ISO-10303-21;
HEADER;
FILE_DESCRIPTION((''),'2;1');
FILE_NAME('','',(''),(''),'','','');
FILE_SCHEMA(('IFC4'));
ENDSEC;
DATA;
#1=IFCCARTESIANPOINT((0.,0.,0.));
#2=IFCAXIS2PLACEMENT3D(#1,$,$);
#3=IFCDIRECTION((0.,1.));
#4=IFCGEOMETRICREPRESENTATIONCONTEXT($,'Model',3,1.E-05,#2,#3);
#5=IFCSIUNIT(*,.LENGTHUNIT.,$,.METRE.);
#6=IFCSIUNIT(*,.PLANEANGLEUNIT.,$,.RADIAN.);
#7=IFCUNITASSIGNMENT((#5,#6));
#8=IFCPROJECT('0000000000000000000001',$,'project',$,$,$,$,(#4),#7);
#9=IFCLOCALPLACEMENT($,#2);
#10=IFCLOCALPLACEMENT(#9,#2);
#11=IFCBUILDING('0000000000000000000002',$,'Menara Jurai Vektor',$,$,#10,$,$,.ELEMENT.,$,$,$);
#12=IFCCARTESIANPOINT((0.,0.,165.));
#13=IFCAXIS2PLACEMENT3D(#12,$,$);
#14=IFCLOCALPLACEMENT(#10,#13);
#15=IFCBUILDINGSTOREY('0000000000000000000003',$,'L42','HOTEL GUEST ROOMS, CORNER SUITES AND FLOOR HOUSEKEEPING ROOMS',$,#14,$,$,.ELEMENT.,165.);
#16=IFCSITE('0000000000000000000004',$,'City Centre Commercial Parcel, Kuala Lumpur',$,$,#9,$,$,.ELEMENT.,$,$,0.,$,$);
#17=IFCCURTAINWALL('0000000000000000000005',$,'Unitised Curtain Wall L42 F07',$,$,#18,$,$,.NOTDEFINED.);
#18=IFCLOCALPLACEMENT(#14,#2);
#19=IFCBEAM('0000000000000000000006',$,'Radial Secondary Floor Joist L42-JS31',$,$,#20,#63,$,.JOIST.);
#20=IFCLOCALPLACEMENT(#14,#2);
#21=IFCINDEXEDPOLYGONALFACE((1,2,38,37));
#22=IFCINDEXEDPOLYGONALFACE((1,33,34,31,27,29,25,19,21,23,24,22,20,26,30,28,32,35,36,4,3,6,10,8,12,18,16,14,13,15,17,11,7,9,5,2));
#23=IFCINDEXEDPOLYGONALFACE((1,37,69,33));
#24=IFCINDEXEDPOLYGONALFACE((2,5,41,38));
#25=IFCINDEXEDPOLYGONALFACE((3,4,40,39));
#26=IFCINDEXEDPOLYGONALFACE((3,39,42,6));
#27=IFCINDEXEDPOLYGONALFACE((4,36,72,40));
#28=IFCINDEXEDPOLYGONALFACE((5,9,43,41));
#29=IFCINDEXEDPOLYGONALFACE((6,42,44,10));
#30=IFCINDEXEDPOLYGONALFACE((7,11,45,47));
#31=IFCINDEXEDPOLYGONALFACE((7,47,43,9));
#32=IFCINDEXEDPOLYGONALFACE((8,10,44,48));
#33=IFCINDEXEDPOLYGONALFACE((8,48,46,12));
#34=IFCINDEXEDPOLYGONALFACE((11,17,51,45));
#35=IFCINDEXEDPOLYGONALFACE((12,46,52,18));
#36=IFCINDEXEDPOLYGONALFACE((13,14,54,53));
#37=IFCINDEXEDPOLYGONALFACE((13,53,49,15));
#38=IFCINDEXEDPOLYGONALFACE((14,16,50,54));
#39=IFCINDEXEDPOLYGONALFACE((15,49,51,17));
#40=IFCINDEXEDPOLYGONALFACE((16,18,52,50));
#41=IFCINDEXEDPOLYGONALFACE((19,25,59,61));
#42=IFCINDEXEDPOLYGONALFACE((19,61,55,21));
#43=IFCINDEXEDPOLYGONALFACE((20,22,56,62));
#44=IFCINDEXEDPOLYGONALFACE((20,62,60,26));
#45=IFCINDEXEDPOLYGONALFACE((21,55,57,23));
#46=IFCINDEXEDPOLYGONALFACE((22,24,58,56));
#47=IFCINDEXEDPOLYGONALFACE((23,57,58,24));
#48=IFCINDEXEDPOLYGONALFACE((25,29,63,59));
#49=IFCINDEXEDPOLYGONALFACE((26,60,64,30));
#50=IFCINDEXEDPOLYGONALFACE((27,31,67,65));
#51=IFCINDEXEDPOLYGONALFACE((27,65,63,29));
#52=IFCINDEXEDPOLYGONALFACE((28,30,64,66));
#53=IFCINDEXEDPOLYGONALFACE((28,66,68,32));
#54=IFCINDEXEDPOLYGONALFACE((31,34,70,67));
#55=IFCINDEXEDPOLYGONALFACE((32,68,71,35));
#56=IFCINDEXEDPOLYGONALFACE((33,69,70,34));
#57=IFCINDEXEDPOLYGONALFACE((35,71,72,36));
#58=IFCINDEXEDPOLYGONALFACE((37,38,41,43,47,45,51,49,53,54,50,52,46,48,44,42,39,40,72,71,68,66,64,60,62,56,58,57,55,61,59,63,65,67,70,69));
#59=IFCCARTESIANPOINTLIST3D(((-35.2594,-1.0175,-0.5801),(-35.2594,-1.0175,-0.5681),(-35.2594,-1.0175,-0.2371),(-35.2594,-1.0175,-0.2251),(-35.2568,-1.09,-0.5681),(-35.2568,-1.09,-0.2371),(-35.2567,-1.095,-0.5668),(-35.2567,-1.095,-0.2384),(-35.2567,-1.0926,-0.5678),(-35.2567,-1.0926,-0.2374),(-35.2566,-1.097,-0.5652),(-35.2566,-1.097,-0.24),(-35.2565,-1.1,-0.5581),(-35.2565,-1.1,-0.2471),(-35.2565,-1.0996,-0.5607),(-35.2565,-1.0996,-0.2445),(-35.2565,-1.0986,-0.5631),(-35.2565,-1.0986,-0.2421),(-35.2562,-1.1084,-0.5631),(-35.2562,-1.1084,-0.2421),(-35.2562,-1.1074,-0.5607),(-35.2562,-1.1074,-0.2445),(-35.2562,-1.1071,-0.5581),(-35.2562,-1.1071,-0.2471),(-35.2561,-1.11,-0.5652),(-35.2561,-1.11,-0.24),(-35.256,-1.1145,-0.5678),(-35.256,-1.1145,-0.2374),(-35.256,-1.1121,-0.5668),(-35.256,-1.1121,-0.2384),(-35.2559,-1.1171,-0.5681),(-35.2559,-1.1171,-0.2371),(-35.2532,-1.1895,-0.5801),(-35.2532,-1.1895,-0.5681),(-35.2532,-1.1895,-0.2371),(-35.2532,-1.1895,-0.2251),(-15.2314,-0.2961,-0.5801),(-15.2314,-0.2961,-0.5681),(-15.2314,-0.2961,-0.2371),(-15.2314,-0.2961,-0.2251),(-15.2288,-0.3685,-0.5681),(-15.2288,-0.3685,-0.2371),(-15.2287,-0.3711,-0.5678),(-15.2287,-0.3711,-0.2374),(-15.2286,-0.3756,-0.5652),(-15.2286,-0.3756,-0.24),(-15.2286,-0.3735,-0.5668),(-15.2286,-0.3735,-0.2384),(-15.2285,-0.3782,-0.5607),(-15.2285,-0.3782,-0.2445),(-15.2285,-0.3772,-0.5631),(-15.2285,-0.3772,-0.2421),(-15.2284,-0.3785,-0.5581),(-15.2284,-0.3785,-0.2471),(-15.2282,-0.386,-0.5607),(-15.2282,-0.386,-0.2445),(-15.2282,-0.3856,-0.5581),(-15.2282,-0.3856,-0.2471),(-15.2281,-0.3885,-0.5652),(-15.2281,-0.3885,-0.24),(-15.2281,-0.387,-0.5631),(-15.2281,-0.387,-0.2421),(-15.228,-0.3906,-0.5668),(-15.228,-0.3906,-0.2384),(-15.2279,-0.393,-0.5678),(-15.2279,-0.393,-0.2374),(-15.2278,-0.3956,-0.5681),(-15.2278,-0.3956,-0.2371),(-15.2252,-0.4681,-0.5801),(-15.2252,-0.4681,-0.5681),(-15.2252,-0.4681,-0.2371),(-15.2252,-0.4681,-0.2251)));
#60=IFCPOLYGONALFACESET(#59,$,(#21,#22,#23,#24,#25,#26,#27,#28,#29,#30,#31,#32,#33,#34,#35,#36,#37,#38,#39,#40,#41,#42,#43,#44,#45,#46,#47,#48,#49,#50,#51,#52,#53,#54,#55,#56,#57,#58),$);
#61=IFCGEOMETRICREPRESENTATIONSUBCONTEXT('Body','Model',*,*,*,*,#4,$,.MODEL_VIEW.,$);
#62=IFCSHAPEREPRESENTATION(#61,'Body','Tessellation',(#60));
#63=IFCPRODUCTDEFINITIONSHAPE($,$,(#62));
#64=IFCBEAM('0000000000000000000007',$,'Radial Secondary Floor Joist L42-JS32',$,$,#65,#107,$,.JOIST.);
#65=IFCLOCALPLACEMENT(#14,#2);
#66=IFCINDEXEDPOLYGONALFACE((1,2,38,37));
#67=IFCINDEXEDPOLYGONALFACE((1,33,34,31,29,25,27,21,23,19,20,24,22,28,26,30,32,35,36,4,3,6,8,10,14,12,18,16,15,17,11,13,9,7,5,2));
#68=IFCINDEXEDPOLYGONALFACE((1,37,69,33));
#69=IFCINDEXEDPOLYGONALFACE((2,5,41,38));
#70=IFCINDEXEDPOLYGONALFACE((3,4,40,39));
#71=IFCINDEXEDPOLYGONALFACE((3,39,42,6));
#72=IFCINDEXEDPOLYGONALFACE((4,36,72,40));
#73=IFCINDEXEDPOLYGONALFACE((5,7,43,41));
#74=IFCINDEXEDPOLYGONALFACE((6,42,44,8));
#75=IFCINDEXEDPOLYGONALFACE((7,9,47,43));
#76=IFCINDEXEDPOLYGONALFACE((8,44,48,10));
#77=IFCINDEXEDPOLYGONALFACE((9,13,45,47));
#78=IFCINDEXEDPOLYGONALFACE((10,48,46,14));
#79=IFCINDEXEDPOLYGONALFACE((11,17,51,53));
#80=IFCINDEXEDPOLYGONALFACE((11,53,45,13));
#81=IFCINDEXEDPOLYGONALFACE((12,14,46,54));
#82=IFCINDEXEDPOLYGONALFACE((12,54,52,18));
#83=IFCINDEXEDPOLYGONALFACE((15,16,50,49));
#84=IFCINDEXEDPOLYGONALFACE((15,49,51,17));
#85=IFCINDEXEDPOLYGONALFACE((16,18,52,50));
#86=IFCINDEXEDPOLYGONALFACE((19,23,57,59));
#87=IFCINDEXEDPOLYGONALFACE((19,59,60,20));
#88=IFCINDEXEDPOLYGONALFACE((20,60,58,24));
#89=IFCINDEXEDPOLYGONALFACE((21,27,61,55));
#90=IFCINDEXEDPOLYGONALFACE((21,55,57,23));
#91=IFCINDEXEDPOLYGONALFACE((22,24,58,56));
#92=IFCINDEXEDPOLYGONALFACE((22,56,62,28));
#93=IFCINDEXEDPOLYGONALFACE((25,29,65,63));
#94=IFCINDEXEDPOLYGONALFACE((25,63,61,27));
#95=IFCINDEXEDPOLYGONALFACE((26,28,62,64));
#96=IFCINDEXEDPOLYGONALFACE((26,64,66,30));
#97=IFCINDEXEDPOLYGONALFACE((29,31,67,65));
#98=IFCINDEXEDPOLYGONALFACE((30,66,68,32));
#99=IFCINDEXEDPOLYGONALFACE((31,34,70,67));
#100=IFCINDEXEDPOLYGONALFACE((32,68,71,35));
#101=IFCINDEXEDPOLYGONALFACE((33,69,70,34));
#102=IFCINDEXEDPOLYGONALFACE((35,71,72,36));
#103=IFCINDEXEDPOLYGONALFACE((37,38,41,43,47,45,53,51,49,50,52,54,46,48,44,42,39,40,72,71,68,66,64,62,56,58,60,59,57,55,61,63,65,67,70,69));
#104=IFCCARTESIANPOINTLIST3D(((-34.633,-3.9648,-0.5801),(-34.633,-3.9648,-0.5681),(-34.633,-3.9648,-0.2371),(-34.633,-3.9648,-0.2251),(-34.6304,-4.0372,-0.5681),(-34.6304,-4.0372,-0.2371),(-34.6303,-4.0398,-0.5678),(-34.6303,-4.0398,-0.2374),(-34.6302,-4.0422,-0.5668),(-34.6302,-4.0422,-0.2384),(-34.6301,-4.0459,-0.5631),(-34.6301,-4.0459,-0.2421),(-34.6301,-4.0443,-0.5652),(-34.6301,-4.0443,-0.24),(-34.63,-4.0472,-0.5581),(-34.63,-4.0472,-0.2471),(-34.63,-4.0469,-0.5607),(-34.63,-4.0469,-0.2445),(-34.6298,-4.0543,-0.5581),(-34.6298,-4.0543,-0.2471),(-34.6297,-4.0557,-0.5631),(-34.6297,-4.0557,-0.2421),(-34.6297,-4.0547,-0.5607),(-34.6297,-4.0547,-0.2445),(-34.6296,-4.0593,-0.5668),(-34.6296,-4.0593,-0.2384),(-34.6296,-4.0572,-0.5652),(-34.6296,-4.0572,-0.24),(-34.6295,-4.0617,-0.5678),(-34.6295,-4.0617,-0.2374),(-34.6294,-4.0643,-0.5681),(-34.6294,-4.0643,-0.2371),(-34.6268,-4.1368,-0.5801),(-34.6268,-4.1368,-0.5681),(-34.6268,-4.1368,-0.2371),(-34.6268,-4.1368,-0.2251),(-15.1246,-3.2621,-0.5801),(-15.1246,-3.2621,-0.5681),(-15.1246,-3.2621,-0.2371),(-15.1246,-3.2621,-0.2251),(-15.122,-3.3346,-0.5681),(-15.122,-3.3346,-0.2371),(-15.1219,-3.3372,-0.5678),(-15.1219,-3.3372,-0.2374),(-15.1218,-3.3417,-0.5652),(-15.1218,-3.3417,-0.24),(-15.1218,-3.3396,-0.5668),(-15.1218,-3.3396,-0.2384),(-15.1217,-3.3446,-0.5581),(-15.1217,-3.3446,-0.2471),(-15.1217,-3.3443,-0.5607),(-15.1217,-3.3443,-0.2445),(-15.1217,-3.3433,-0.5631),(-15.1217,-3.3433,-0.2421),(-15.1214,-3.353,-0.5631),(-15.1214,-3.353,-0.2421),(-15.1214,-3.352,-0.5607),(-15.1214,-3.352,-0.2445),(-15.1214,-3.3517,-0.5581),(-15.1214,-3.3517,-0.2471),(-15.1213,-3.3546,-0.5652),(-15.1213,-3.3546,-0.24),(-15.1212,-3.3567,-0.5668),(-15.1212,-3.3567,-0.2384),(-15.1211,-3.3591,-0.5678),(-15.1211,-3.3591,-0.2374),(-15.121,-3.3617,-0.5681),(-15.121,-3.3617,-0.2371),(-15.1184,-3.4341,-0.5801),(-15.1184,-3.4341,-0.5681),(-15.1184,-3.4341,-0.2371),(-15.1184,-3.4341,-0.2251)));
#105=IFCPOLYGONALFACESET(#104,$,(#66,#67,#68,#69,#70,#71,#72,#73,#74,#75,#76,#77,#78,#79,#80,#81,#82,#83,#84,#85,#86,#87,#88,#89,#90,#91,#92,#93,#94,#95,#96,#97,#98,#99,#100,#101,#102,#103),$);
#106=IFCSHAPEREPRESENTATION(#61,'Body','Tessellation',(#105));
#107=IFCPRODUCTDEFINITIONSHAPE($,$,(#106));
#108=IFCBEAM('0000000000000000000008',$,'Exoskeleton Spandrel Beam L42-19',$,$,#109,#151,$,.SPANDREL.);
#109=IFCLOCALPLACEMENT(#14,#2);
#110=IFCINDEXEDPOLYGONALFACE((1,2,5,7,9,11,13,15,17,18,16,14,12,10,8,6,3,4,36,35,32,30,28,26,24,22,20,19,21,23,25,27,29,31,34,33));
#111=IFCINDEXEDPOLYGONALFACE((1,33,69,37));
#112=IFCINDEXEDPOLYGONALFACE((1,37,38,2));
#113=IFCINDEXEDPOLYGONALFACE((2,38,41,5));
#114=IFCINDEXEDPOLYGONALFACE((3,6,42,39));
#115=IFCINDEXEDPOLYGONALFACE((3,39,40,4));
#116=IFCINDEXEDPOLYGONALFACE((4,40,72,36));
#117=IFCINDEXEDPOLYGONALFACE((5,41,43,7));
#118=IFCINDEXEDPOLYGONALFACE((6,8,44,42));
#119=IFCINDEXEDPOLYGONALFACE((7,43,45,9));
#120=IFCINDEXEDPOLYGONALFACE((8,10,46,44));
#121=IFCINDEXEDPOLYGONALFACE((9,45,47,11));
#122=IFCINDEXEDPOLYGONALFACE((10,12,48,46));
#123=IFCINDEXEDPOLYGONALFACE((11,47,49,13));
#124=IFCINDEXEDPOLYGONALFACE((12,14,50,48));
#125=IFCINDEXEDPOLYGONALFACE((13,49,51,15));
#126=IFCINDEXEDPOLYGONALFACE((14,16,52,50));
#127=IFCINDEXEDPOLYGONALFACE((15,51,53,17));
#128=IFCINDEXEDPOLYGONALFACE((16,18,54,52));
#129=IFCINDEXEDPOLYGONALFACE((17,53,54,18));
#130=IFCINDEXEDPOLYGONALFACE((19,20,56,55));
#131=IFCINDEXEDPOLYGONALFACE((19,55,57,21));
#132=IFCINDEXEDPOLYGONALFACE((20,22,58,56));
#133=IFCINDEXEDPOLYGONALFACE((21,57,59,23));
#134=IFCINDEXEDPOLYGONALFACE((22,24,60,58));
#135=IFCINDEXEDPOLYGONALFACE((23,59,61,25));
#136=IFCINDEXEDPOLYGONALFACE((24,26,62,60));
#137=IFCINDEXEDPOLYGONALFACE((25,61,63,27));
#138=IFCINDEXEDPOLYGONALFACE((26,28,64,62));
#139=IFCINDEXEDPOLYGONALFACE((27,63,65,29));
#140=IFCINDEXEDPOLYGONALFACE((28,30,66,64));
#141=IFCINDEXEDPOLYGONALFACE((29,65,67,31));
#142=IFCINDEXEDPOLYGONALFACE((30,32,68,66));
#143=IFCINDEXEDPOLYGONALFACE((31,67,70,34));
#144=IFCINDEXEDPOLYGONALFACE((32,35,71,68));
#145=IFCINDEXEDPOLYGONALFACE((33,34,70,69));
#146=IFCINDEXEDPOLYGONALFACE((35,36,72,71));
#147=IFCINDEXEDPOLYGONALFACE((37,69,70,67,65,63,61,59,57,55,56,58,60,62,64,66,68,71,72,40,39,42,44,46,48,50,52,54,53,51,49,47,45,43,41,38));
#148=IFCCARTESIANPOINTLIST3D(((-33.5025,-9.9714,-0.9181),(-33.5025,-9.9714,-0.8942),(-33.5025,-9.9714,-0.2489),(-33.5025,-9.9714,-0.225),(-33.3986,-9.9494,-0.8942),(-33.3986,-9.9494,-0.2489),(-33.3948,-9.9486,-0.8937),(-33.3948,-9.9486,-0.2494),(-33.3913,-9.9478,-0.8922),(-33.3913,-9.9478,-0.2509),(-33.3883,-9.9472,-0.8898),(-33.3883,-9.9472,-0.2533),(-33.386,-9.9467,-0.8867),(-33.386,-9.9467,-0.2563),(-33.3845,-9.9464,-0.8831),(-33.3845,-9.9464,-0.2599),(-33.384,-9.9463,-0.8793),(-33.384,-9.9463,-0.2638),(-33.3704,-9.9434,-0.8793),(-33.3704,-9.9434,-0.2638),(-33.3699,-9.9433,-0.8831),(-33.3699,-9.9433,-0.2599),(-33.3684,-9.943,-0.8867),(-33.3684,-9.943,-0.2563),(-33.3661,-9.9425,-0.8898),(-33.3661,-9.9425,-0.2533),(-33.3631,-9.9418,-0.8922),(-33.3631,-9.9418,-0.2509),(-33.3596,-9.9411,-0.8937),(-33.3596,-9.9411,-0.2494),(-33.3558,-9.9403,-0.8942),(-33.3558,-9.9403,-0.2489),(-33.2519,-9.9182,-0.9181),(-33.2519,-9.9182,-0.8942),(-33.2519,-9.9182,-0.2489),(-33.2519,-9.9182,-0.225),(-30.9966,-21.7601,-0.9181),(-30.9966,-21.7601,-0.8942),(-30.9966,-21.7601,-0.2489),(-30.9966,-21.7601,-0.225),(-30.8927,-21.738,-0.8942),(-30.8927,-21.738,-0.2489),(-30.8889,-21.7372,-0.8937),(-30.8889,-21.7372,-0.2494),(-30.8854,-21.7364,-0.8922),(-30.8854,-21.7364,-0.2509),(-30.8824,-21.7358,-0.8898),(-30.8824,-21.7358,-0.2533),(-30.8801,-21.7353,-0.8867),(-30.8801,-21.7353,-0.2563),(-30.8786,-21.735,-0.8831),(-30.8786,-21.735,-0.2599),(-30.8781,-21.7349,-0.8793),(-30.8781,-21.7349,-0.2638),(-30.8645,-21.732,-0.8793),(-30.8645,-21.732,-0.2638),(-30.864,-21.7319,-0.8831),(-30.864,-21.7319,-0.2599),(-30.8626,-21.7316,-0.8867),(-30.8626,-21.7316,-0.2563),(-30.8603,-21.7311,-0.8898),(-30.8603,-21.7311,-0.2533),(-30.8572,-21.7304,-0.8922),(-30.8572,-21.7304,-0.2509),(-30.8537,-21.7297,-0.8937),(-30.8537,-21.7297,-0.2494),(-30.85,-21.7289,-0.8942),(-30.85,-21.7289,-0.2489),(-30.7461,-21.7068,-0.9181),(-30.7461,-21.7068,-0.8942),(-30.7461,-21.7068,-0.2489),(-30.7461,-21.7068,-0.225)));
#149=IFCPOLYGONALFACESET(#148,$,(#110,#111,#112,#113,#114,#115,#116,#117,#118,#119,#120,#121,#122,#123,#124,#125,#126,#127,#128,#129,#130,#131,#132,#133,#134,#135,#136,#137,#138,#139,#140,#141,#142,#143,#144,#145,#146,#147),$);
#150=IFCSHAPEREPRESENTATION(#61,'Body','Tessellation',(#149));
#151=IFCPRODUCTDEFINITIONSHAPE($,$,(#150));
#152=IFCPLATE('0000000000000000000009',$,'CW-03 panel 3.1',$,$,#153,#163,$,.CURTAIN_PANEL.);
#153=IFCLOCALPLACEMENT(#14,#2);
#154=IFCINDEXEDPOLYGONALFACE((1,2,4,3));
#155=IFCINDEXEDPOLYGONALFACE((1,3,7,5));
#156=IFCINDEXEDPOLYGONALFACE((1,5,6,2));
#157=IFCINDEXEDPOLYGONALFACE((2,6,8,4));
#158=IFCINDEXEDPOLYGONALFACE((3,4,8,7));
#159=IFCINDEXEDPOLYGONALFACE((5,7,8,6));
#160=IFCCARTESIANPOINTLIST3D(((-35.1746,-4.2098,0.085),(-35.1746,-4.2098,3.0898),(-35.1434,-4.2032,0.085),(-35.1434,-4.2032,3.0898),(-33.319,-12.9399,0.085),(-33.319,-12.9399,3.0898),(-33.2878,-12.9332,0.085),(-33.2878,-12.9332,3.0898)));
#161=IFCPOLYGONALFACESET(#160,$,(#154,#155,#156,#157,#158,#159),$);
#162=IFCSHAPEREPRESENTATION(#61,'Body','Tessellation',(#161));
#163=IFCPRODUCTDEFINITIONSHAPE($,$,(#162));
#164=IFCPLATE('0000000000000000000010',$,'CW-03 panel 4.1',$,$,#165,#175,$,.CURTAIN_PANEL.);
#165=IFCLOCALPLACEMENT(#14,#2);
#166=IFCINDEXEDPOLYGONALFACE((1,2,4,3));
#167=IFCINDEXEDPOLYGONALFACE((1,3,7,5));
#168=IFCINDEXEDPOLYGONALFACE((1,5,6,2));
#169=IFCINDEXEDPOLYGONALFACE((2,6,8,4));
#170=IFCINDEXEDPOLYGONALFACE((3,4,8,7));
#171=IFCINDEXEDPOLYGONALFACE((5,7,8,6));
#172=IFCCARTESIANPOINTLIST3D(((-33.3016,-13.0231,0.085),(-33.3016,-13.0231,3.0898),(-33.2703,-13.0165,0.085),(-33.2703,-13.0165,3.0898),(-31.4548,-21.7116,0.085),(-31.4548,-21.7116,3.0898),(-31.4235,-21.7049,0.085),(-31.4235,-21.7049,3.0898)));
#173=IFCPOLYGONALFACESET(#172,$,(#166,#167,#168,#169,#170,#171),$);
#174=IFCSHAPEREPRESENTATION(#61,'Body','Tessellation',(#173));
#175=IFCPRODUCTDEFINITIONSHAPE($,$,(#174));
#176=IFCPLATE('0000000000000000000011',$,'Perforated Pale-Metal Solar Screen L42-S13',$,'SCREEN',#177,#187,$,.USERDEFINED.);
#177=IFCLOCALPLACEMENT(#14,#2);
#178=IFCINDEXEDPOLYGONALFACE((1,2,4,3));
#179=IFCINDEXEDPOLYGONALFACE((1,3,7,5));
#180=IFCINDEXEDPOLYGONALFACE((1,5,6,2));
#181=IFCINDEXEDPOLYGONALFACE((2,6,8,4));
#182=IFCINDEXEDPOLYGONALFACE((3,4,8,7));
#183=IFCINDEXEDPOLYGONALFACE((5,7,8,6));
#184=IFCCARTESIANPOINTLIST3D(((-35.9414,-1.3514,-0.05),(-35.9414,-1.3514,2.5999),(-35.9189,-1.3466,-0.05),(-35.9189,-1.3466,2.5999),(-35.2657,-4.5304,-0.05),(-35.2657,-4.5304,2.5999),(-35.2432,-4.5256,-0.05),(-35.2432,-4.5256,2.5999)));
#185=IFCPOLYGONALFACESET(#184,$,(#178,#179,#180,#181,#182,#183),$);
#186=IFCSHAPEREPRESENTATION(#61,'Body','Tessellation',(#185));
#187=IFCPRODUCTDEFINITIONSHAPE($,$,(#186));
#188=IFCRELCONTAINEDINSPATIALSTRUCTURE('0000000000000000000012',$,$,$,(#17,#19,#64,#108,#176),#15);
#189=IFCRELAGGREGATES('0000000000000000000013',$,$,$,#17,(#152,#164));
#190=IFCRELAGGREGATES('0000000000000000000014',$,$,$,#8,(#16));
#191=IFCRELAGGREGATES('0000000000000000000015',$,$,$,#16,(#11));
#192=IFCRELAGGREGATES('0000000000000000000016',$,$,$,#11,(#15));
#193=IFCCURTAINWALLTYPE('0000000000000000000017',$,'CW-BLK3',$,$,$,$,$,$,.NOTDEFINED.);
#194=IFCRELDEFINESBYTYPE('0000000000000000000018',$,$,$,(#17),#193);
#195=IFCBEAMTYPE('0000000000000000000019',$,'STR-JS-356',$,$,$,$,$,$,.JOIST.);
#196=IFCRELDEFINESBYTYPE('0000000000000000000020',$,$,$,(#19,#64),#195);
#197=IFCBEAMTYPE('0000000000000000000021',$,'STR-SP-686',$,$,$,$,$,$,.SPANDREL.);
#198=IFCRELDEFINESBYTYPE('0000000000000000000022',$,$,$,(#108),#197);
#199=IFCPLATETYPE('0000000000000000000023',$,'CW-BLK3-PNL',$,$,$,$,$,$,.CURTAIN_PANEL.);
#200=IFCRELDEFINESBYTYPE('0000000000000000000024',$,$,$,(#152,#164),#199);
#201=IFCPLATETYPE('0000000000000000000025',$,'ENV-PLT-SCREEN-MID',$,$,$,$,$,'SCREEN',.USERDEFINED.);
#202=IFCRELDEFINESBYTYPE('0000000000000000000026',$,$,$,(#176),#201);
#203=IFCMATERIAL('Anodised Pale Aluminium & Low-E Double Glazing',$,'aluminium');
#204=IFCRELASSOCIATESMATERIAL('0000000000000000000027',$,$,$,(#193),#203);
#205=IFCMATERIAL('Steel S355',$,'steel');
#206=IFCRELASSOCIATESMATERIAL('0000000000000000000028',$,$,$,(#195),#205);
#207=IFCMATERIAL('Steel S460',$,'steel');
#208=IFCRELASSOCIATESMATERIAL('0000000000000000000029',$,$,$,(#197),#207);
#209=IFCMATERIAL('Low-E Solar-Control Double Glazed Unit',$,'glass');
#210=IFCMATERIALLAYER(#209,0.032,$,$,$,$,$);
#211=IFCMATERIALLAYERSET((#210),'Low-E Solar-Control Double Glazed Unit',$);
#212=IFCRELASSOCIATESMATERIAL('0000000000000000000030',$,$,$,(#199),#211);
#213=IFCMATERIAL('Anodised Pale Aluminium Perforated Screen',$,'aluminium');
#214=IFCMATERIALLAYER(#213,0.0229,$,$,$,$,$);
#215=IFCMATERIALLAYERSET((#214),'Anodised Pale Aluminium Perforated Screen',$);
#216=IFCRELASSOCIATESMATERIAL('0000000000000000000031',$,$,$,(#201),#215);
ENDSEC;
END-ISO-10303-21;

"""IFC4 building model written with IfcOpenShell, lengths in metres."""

from ifc_helpers import new_model, si_unit, direction, frame, origin, origin_2d, place, context, subcontext, project, spatial, rectangle, i_section, extrude, material, layer, layer_set, material_profile, profile_set, type_object, element, aggregate, save


model = new_model("IFC4")

# Units and contexts
model_context = context("Model", 3, precision=1e-05, world=origin(), true_north=direction((0.0, 1.0)))
body_context = subcontext(model_context, "Body", "Model", "MODEL_VIEW")
ifc_project = project(units=[si_unit("LENGTHUNIT", "METRE"), si_unit("PLANEANGLEUNIT", "RADIAN")], contexts=[model_context])

# Site, building, storey
site_placement = place(None, origin())
site = spatial("IfcSite", under=ifc_project, at=site_placement, Name="City Centre Commercial Parcel, Kuala Lumpur", CompositionType="ELEMENT", RefElevation=0.0)
building_placement = place(site_placement, origin())
building = spatial("IfcBuilding", under=site, at=building_placement, Name="Menara Jurai Vektor", CompositionType="ELEMENT")
storey_placement = place(building_placement, frame((0.0, 0.0, 165.0)))
storey = spatial("IfcBuildingStorey", under=building, at=storey_placement, Name="L42", Description="HOTEL GUEST ROOMS, CORNER SUITES AND FLOOR HOUSEKEEPING ROOMS", CompositionType="ELEMENT", Elevation=165.0)

# Shared definitions
ifc_material_1 = material(Name="Steel S460", Category="steel")

# Curtain wall
ifc_material_2 = material(Name="Anodised Pale Aluminium & Low-E Double Glazing", Category="aluminium")
curtain_wall_type = type_object("IfcCurtainWallType", Name="CW-BLK3", PredefinedType="NOTDEFINED", material=ifc_material_2)
curtain_wall_placement = place(storey_placement, origin())
curtain_wall = element("IfcCurtainWall", 1, at=curtain_wall_placement, inside=storey, type_object=curtain_wall_type, Name="Unitised Curtain Wall L42 F07", PredefinedType="NOTDEFINED")

# Beams
ifc_material_3 = material(Name="Steel S355", Category="steel")
ifc_material_profile_1 = material_profile(ifc_material_3, i_section(OverallWidth=0.1721, OverallDepth=0.355, WebThickness=0.0071, FlangeThickness=0.012, FilletRadius=0.01, at=origin_2d()), Name="UKB 356x171x51")
ifc_profile_set_1 = profile_set([ifc_material_profile_1], Name="Steel S355")
beam_type_1 = type_object("IfcBeamType", Name="STR-JS-356", PredefinedType="JOIST", material=ifc_profile_set_1)
beam_1_placement = place(storey_placement, frame((-35.2563, -1.1035, -0.4026), z_axis=(0.999352, 0.035998, 0.0), x_axis=(-0.035998, 0.999352, 0.0)))
element("IfcBeam", 2, at=beam_1_placement, inside=storey, type_object=beam_type_1, Name="Radial Secondary Floor Joist L42-JS31", PredefinedType="JOIST", context=body_context, shape_type="SweptSolid", body=[
    extrude(i_section(OverallWidth=0.1721, OverallDepth=0.355, WebThickness=0.0071, FlangeThickness=0.012, FilletRadius=0.01, at=origin_2d()), origin(), (0.0, 0.0, 1.0), 20.041),
])
beam_2_placement = place(storey_placement, frame((-34.6299, -4.0508, -0.4026), z_axis=(0.999352, 0.035994, 0.0), x_axis=(-0.035994, 0.999352, 0.0)))
element("IfcBeam", 3, at=beam_2_placement, inside=storey, type_object=beam_type_1, Name="Radial Secondary Floor Joist L42-JS32", PredefinedType="JOIST", context=body_context, shape_type="SweptSolid", body=[
    extrude(i_section(OverallWidth=0.1721, OverallDepth=0.355, WebThickness=0.0071, FlangeThickness=0.012, FilletRadius=0.01, at=origin_2d()), origin(), (0.0, 0.0, 1.0), 19.521),
])
ifc_material_profile_2 = material_profile(ifc_material_1, i_section(OverallWidth=0.2561, OverallDepth=0.6931, WebThickness=0.0139, FlangeThickness=0.0239, FilletRadius=0.0149, at=origin_2d()), Name="UKB 686x254x170")
ifc_profile_set_2 = profile_set([ifc_material_profile_2], Name="Steel S460")
beam_type_2 = type_object("IfcBeamType", Name="STR-SP-686", PredefinedType="SPANDREL", material=ifc_profile_set_2)
beam_3_placement = place(storey_placement, frame((-33.3772, -9.9448, -0.5715), z_axis=(0.207921, -0.978146, 0.0), x_axis=(0.978146, 0.207921, 0.0)))
element("IfcBeam", 4, at=beam_3_placement, inside=storey, type_object=beam_type_2, Name="Exoskeleton Spandrel Beam L42-19", PredefinedType="SPANDREL", context=body_context, shape_type="SweptSolid", body=[
    extrude(i_section(OverallWidth=0.2561, OverallDepth=0.6931, WebThickness=0.0139, FlangeThickness=0.0239, FilletRadius=0.0149, at=origin_2d()), origin(), (0.0, 0.0, 1.0), 12.052),
])

# Plates
ifc_material_4 = material(Name="Low-E Solar-Control Double Glazed Unit", Category="glass")
ifc_layer_1 = layer(ifc_material_4, 0.032)
ifc_layer_set_1 = layer_set([ifc_layer_1], Name="Low-E Solar-Control Double Glazed Unit")
plate_type_1 = type_object("IfcPlateType", Name="CW-BLK3-PNL", PredefinedType="CURTAIN_PANEL", material=ifc_layer_set_1)
plate_1_placement = place(storey_placement, frame((-34.2312, -8.5715, 0.085), z_axis=(0.0, 0.0, 1.0), x_axis=(0.20791, -0.978148, 0.0)))
plate_1 = element("IfcPlate", 5, at=plate_1_placement, type_object=plate_type_1, Name="CW-03 panel 3.1", PredefinedType="CURTAIN_PANEL", context=body_context, shape_type="SweptSolid", body=[
    extrude(rectangle(XDim=8.925, YDim=0.032, at=origin_2d()), origin(), (0.0, 0.0, 1.0), 3.0049),
])
plate_2_placement = place(storey_placement, frame((-32.3625, -17.364, 0.085), z_axis=(0.0, 0.0, 1.0), x_axis=(0.20791, -0.978148, 0.0)))
plate_2 = element("IfcPlate", 6, at=plate_2_placement, type_object=plate_type_1, Name="CW-03 panel 4.1", PredefinedType="CURTAIN_PANEL", context=body_context, shape_type="SweptSolid", body=[
    extrude(rectangle(XDim=8.8826, YDim=0.032, at=origin_2d()), origin(), (0.0, 0.0, 1.0), 3.0049),
])
aggregate(curtain_wall, [plate_1, plate_2])

# Plate
ifc_material_5 = material(Name="Anodised Pale Aluminium Perforated Screen", Category="aluminium")
ifc_layer_2 = layer(ifc_material_5, 0.0229)
ifc_layer_set_2 = layer_set([ifc_layer_2], Name="Anodised Pale Aluminium Perforated Screen")
plate_type_2 = type_object("IfcPlateType", Name="ENV-PLT-SCREEN-MID", ElementType="SCREEN", PredefinedType="USERDEFINED", material=ifc_layer_set_2)
for number, where, z_axis, x_axis, name in (
    (7, (-35.5923, -2.9385, -0.05), (0.0, 0.0, 1.0), (0.207912, -0.978148, 0.0), "Perforated Pale-Metal Solar Screen L42-S13"),
):
    element("IfcPlate", number, at=place(storey_placement, frame(where, z_axis=z_axis, x_axis=x_axis)), inside=storey, type_object=plate_type_2, Name=name, ObjectType="SCREEN", PredefinedType="USERDEFINED", context=body_context, shape_type="SweptSolid", body=[
        extrude(rectangle(XDim=3.25, YDim=0.0229, at=origin_2d()), origin(), (0.0, 0.0, 1.0), 2.6499),
    ])

save(model, "model.ifc")
